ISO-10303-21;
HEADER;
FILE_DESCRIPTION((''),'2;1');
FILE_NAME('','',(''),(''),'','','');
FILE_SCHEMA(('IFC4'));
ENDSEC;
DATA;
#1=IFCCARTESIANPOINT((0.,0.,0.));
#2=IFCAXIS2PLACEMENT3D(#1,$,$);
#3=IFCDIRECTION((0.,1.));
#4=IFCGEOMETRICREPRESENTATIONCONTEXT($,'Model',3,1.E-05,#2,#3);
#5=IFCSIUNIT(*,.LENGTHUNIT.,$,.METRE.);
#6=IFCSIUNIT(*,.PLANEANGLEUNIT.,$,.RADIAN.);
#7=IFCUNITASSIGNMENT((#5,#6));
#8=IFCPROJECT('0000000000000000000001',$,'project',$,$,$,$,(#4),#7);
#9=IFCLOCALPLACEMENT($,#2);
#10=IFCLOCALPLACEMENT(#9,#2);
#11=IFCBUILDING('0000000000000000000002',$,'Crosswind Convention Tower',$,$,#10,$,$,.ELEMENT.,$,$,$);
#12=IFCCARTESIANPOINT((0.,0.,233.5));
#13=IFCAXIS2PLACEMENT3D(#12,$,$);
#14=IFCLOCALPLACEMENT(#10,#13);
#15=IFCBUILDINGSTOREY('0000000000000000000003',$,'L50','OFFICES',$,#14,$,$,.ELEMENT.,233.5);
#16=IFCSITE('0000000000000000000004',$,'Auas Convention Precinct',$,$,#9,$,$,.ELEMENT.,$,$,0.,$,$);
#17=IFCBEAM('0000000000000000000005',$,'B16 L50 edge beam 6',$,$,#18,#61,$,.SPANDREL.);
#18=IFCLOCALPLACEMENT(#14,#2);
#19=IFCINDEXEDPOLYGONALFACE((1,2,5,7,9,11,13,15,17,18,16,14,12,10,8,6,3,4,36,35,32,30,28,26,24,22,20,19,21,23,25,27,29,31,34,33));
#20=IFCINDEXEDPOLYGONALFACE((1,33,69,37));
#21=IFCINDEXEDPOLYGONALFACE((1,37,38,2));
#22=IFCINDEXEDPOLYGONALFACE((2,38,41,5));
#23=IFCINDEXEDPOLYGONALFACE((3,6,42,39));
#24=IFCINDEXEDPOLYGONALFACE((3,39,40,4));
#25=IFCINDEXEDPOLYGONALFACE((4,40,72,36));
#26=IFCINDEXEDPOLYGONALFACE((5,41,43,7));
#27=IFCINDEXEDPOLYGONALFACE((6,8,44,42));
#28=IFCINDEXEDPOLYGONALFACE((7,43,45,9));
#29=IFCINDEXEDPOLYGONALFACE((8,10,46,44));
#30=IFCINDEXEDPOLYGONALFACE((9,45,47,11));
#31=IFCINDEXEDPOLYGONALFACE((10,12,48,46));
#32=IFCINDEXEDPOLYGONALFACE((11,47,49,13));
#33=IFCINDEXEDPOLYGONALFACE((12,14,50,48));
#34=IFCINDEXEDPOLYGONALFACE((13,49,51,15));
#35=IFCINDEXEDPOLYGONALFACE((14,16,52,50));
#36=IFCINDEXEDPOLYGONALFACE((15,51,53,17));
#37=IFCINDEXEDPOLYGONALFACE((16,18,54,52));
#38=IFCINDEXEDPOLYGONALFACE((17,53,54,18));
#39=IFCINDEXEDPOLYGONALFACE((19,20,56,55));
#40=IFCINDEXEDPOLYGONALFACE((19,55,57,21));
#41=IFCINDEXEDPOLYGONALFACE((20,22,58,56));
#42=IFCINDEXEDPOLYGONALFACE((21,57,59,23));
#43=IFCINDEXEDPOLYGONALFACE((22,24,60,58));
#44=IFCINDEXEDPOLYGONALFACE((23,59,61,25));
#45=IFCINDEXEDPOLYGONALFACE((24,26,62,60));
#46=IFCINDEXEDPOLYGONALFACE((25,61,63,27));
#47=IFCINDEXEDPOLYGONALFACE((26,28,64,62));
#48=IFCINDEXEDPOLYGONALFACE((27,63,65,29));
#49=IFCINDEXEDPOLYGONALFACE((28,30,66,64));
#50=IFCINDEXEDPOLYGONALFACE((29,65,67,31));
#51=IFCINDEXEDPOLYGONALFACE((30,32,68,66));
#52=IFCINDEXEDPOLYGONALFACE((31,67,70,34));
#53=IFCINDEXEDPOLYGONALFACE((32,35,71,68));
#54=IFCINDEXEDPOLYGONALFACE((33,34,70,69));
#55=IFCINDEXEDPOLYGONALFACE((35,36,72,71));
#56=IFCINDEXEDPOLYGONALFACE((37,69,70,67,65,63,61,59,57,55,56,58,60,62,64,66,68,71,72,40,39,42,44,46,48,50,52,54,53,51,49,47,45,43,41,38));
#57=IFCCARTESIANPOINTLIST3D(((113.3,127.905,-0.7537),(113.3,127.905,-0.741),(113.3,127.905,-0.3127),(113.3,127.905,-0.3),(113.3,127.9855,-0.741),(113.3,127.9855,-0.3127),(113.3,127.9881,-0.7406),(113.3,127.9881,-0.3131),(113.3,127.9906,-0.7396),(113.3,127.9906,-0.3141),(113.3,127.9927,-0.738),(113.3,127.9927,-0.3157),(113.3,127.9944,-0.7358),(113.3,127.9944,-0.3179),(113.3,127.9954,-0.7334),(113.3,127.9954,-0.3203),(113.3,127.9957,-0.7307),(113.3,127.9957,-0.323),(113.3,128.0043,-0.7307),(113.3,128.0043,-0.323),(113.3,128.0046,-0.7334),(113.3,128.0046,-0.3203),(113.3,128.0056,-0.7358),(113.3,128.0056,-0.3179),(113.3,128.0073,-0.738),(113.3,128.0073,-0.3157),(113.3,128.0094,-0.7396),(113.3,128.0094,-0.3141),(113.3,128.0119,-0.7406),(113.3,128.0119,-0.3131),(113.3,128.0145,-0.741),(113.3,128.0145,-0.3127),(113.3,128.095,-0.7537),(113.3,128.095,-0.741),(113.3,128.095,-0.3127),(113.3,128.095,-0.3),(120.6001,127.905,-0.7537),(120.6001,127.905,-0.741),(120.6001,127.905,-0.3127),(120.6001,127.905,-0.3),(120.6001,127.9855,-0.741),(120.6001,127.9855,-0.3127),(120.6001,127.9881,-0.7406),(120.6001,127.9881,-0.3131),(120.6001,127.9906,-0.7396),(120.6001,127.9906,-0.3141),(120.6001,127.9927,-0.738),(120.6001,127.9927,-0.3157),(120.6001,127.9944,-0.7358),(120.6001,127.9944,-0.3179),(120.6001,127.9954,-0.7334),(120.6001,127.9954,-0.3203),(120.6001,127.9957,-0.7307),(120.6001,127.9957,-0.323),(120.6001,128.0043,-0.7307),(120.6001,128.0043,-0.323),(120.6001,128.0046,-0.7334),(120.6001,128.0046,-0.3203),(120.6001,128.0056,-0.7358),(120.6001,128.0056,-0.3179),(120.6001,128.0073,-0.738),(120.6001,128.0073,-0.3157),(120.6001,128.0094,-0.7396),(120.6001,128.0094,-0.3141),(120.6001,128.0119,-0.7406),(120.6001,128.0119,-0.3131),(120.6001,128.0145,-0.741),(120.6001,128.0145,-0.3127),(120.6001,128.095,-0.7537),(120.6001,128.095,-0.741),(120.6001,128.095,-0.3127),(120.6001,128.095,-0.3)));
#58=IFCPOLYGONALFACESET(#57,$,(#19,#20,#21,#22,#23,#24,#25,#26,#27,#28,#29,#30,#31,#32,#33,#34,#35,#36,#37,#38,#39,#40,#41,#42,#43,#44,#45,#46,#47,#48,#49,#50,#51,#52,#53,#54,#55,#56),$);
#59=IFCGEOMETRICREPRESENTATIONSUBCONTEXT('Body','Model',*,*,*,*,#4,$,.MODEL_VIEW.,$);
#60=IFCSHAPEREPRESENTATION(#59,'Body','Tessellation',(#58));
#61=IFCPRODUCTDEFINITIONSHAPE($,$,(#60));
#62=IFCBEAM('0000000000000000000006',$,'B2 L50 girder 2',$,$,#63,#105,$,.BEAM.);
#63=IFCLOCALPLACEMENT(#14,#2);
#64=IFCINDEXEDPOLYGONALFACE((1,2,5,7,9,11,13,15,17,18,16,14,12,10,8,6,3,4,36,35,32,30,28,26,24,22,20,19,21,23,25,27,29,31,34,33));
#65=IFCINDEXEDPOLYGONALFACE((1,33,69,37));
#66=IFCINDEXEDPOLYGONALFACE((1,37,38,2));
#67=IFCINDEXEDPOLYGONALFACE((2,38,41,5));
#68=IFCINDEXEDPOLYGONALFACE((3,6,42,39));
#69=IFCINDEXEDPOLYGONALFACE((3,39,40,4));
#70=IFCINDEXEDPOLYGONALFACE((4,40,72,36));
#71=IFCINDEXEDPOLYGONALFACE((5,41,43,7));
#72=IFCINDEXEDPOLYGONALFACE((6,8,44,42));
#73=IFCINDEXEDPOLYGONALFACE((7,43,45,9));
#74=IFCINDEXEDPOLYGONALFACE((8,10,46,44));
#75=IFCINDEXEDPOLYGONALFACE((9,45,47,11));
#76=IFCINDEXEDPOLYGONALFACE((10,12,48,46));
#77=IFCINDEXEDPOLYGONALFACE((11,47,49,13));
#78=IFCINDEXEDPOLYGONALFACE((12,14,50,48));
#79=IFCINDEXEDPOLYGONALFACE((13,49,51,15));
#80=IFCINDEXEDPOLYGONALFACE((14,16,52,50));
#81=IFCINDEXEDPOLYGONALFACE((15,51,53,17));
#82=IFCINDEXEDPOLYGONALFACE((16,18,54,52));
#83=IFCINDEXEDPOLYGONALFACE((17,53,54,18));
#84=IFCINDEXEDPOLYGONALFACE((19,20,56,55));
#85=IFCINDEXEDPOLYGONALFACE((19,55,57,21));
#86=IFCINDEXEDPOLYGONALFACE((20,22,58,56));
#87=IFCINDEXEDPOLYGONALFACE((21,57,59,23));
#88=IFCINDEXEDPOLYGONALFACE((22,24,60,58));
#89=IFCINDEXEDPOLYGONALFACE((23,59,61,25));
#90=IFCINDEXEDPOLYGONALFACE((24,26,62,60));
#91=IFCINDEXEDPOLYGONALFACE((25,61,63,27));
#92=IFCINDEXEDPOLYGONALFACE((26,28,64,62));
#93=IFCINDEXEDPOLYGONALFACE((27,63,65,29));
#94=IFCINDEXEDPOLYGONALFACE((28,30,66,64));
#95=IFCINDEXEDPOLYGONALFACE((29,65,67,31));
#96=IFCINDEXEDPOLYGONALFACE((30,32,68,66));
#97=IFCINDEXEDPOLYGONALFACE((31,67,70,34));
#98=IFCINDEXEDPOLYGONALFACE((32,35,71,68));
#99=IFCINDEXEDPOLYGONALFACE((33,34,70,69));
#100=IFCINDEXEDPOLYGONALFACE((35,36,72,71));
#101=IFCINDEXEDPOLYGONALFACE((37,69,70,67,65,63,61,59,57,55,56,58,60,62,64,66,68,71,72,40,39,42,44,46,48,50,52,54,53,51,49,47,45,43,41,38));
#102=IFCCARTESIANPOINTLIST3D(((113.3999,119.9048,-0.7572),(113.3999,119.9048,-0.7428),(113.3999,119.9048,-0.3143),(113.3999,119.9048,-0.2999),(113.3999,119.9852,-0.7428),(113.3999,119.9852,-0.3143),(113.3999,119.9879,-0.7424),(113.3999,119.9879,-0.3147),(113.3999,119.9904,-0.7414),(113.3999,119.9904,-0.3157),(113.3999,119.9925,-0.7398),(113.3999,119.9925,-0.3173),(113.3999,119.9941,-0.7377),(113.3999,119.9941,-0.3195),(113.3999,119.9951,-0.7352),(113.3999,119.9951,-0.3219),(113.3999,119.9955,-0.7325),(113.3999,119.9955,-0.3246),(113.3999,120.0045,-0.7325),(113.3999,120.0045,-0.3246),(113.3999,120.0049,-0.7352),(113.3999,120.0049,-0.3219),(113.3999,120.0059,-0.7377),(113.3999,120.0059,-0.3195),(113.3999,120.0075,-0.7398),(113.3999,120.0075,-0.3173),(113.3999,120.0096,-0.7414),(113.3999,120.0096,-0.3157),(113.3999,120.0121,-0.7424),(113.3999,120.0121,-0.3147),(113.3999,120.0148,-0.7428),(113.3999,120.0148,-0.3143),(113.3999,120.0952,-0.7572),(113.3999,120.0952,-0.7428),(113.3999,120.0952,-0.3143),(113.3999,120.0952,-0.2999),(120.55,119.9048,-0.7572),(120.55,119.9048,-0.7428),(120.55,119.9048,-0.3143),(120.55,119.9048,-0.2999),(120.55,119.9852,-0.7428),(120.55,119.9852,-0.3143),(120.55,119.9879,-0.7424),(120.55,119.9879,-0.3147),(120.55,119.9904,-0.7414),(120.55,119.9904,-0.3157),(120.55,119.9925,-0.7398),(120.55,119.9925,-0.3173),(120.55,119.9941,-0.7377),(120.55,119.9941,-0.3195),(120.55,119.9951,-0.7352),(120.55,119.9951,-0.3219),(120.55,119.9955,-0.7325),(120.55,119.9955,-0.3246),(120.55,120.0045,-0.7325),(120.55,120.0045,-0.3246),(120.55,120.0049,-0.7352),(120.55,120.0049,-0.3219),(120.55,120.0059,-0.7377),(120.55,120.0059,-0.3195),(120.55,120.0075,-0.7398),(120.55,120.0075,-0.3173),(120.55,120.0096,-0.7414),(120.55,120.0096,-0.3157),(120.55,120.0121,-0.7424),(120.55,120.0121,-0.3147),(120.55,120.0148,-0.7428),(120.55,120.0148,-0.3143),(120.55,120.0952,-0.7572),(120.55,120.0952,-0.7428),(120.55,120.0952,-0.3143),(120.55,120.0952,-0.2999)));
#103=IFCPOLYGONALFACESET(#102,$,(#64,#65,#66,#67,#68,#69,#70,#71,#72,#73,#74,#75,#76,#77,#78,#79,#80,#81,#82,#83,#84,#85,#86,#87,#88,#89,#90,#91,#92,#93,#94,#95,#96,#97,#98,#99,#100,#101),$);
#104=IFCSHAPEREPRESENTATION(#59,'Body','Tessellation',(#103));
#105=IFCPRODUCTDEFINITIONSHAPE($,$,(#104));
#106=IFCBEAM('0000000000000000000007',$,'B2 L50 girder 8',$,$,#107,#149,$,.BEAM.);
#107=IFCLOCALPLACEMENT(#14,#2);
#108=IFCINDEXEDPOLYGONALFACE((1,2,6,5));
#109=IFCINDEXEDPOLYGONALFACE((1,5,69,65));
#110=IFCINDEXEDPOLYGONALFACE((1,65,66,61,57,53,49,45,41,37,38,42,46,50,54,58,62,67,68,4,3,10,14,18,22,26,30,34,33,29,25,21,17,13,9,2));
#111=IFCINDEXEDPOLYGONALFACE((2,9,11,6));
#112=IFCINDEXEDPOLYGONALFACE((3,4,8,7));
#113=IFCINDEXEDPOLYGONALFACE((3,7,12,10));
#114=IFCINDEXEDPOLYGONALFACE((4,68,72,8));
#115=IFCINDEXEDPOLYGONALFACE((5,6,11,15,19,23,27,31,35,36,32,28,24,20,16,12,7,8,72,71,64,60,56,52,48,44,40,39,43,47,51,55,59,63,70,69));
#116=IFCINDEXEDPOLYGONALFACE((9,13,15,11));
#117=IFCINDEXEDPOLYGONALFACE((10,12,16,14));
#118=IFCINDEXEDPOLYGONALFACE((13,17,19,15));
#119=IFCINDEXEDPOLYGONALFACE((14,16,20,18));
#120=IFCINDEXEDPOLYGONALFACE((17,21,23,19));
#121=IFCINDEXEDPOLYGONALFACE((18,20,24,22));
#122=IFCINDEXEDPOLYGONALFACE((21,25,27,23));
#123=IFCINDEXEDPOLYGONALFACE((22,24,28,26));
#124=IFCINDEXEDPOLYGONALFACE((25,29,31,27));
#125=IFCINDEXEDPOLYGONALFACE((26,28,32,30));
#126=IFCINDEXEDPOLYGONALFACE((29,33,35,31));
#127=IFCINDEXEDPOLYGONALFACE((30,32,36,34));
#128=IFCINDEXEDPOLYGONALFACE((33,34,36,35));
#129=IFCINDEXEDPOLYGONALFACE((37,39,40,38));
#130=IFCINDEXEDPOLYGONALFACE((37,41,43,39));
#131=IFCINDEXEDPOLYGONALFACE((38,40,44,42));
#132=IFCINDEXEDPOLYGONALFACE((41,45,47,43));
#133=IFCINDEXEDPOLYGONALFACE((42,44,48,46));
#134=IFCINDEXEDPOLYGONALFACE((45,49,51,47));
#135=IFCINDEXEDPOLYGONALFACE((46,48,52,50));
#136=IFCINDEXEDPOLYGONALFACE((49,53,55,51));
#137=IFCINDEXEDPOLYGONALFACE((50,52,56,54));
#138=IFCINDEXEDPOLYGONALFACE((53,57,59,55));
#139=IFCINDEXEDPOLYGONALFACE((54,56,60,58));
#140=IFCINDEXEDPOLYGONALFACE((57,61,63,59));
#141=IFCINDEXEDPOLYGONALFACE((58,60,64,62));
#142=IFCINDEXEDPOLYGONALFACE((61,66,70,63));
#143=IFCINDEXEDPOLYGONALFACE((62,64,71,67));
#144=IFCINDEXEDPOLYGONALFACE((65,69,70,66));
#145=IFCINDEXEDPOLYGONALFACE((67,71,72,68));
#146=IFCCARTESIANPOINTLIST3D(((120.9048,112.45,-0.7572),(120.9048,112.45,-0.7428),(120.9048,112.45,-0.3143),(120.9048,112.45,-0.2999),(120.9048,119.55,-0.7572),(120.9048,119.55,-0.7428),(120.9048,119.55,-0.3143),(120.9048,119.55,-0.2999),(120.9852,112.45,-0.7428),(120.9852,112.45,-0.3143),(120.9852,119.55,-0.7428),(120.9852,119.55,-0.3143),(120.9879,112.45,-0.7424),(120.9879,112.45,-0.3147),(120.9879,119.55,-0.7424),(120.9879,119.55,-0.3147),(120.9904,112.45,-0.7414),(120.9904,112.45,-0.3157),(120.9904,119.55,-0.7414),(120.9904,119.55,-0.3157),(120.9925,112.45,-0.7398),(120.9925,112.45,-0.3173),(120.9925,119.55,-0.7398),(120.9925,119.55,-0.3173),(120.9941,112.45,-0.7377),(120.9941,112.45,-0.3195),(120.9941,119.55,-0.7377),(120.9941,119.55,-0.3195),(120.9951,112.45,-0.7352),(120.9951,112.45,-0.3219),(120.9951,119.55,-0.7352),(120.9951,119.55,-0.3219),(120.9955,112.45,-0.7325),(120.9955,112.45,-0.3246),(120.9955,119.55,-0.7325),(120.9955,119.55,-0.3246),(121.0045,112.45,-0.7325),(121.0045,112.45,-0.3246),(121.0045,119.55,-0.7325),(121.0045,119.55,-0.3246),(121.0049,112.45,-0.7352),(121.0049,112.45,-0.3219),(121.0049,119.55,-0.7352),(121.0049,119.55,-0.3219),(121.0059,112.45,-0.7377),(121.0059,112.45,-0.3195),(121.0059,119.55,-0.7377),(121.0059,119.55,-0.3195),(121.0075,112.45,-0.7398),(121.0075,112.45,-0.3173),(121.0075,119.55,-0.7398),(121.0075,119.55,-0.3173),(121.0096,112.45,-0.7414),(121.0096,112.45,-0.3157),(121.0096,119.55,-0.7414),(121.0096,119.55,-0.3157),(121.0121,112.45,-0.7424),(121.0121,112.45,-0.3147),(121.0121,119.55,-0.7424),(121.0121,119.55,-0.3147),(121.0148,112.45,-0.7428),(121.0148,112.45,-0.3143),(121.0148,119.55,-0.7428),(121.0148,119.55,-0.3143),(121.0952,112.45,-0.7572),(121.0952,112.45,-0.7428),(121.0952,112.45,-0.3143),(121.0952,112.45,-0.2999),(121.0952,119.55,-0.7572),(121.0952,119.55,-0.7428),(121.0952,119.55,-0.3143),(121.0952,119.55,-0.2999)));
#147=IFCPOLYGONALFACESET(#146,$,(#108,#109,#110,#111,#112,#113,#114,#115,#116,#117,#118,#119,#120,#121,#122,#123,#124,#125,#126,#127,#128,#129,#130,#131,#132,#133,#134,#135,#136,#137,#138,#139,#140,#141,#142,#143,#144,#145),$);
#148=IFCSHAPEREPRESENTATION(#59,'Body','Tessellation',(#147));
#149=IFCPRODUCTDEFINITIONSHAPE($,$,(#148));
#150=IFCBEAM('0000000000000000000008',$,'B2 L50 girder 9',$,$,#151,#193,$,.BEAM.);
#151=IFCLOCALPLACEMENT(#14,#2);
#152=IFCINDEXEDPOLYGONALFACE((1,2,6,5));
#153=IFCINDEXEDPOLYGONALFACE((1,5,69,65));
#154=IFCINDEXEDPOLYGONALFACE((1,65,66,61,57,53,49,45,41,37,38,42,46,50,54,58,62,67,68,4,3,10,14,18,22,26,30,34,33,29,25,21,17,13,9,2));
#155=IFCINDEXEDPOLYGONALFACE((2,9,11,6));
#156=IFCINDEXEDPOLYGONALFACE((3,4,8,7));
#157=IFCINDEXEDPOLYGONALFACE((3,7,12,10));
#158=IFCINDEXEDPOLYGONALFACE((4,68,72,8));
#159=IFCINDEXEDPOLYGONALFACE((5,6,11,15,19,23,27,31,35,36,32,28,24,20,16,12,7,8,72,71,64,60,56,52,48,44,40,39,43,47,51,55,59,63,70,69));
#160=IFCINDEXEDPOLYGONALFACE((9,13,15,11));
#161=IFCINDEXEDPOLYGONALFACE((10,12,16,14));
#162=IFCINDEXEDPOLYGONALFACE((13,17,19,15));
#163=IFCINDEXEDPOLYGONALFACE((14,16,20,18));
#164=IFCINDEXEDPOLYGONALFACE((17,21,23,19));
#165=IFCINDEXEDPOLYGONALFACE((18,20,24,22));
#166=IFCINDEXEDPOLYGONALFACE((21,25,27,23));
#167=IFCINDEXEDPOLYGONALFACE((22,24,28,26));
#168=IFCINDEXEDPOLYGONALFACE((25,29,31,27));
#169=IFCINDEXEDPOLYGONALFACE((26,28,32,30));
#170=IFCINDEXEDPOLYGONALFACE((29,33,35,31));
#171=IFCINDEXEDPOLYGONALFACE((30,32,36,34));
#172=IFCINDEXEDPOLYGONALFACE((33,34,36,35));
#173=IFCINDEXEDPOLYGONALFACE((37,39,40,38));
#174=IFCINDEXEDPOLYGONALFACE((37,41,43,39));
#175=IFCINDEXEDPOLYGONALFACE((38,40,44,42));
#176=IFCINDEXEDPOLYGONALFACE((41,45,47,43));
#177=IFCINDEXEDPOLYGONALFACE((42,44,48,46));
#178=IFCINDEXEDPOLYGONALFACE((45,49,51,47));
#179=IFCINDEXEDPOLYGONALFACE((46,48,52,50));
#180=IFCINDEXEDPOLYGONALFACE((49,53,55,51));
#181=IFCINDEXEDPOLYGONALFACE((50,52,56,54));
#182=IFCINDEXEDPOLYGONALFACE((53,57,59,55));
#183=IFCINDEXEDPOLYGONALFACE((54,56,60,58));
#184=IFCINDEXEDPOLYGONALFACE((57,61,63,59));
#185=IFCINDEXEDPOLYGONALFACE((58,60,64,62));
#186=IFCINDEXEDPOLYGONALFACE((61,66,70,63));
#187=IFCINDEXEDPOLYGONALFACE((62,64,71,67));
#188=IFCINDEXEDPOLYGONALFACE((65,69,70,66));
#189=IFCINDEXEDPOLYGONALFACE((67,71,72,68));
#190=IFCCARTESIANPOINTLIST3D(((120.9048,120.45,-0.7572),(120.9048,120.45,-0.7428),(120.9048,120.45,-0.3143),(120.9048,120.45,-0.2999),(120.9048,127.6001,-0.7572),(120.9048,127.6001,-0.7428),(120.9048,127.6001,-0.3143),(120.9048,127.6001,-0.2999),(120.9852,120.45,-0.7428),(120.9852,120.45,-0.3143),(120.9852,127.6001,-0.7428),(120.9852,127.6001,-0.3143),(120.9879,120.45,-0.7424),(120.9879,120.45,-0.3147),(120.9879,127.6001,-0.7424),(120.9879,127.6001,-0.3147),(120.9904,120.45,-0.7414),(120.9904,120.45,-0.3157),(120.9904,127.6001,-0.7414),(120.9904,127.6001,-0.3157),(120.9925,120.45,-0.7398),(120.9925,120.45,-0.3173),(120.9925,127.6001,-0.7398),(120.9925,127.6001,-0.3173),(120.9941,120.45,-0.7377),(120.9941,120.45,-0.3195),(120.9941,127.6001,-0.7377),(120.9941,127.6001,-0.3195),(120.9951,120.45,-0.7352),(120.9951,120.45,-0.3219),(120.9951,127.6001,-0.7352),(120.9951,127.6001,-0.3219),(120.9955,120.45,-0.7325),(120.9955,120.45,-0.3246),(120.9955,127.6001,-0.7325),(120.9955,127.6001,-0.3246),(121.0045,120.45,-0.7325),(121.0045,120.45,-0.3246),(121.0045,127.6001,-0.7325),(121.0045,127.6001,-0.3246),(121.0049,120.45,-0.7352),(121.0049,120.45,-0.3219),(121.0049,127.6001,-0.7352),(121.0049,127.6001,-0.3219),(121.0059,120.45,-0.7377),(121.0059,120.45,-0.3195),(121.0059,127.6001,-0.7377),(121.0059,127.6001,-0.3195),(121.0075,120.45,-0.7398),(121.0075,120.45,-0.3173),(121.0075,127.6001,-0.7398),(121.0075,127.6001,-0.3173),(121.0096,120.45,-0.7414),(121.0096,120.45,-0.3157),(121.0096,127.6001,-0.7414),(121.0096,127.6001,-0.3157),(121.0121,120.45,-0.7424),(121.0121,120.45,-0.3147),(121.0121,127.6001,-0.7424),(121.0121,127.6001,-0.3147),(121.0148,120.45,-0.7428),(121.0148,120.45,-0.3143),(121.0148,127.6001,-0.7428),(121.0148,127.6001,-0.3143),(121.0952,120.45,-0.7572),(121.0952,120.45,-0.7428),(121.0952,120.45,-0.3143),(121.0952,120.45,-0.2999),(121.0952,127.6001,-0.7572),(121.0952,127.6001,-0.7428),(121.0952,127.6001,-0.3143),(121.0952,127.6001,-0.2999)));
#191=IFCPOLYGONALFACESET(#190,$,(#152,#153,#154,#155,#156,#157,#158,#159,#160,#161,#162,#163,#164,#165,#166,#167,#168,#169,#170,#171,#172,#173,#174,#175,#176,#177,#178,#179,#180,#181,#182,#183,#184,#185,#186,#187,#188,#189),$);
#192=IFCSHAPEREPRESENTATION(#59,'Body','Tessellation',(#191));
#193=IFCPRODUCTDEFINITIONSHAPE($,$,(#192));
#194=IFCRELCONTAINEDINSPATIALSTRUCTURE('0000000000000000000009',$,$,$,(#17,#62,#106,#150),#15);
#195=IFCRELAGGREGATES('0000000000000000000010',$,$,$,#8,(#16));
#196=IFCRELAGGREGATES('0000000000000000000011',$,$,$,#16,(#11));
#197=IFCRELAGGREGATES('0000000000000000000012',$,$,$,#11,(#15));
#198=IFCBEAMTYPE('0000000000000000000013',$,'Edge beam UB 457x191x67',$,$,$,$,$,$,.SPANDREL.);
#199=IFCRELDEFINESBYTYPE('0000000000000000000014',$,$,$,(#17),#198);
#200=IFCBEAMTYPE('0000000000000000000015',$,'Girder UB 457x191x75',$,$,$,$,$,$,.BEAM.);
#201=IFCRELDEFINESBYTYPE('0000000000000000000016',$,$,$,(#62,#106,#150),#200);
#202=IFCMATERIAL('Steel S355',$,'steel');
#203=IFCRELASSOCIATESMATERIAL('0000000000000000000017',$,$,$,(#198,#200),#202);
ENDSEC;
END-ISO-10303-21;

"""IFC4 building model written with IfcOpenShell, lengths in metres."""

from ifc_helpers import new_model, si_unit, direction, frame, origin, origin_2d, place, context, subcontext, project, spatial, i_section, extrude, material, material_profile, profile_set, type_object, element, save


model = new_model("IFC4")

# Units and contexts
model_context = context("Model", 3, precision=1e-05, world=origin(), true_north=direction((0.0, 1.0)))
body_context = subcontext(model_context, "Body", "Model", "MODEL_VIEW")
ifc_project = project(units=[si_unit("LENGTHUNIT", "METRE"), si_unit("PLANEANGLEUNIT", "RADIAN")], contexts=[model_context])

# Site, building, storey
site_placement = place(None, origin())
site = spatial("IfcSite", under=ifc_project, at=site_placement, Name="Auas Convention Precinct", CompositionType="ELEMENT", RefElevation=0.0)
building_placement = place(site_placement, origin())
building = spatial("IfcBuilding", under=site, at=building_placement, Name="Crosswind Convention Tower", CompositionType="ELEMENT")
storey_placement = place(building_placement, frame((0.0, 0.0, 233.5)))
storey = spatial("IfcBuildingStorey", under=building, at=storey_placement, Name="L50", Description="OFFICES", CompositionType="ELEMENT", Elevation=233.5)

# Beams
ifc_material_1 = material(Name="Steel S355", Category="steel")
ifc_material_profile_1 = material_profile(ifc_material_1, i_section(OverallWidth=0.1899, OverallDepth=0.4536, WebThickness=0.0085, FlangeThickness=0.0127, FilletRadius=0.0103, at=origin_2d()), Name="UB 457x191x67")
ifc_profile_set_1 = profile_set([ifc_material_profile_1], Name="Steel S355")
beam_type_1 = type_object("IfcBeamType", Name="Edge beam UB 457x191x67", PredefinedType="SPANDREL", material=ifc_profile_set_1)
for number, where, z_axis, x_axis, name in (
    (1, (113.3, 128.0, -0.5269), (1.0, 0.0, 0.0), (0.0, 1.0, 0.0), "B16 L50 edge beam 6"),
):
    element("IfcBeam", number, at=place(storey_placement, frame(where, z_axis=z_axis, x_axis=x_axis)), inside=storey, type_object=beam_type_1, Name=name, PredefinedType="SPANDREL", context=body_context, shape_type="SweptSolid", body=[
        extrude(i_section(OverallWidth=0.1899, OverallDepth=0.4536, WebThickness=0.0085, FlangeThickness=0.0127, FilletRadius=0.0103, at=origin_2d()), origin(), (0.0, 0.0, 1.0), 7.3),
    ])
ifc_material_profile_2 = material_profile(ifc_material_1, i_section(OverallWidth=0.1904, OverallDepth=0.4573, WebThickness=0.009, FlangeThickness=0.0144, FilletRadius=0.0103, at=origin_2d()), Name="UB 457x191x75")
ifc_profile_set_2 = profile_set([ifc_material_profile_2], Name="Steel S355")
beam_type_2 = type_object("IfcBeamType", Name="Girder UB 457x191x75", PredefinedType="BEAM", material=ifc_profile_set_2)
beam_1_placement = place(storey_placement, frame((113.3999, 120.0, -0.5286), z_axis=(1.0, 0.0, 0.0), x_axis=(0.0, 1.0, 0.0)))
element("IfcBeam", 2, at=beam_1_placement, inside=storey, type_object=beam_type_2, Name="B2 L50 girder 2", PredefinedType="BEAM", context=body_context, shape_type="SweptSolid", body=[
    extrude(i_section(OverallWidth=0.1904, OverallDepth=0.4573, WebThickness=0.009, FlangeThickness=0.0144, FilletRadius=0.0103, at=origin_2d()), origin(), (0.0, 0.0, 1.0), 7.1501),
])
beam_2_placement = place(storey_placement, frame((121.0, 112.45, -0.5286), z_axis=(0.0, 1.0, 0.0), x_axis=(-1.0, 0.0, 0.0)))
element("IfcBeam", 3, at=beam_2_placement, inside=storey, type_object=beam_type_2, Name="B2 L50 girder 8", PredefinedType="BEAM", context=body_context, shape_type="SweptSolid", body=[
    extrude(i_section(OverallWidth=0.1904, OverallDepth=0.4573, WebThickness=0.009, FlangeThickness=0.0144, FilletRadius=0.0103, at=origin_2d()), origin(), (0.0, 0.0, 1.0), 7.1001),
])
beam_3_placement = place(storey_placement, frame((121.0, 120.45, -0.5286), z_axis=(0.0, 1.0, 0.0), x_axis=(-1.0, 0.0, 0.0)))
element("IfcBeam", 4, at=beam_3_placement, inside=storey, type_object=beam_type_2, Name="B2 L50 girder 9", PredefinedType="BEAM", context=body_context, shape_type="SweptSolid", body=[
    extrude(i_section(OverallWidth=0.1904, OverallDepth=0.4573, WebThickness=0.009, FlangeThickness=0.0144, FilletRadius=0.0103, at=origin_2d()), origin(), (0.0, 0.0, 1.0), 7.1501),
])

save(model, "model.ifc")
